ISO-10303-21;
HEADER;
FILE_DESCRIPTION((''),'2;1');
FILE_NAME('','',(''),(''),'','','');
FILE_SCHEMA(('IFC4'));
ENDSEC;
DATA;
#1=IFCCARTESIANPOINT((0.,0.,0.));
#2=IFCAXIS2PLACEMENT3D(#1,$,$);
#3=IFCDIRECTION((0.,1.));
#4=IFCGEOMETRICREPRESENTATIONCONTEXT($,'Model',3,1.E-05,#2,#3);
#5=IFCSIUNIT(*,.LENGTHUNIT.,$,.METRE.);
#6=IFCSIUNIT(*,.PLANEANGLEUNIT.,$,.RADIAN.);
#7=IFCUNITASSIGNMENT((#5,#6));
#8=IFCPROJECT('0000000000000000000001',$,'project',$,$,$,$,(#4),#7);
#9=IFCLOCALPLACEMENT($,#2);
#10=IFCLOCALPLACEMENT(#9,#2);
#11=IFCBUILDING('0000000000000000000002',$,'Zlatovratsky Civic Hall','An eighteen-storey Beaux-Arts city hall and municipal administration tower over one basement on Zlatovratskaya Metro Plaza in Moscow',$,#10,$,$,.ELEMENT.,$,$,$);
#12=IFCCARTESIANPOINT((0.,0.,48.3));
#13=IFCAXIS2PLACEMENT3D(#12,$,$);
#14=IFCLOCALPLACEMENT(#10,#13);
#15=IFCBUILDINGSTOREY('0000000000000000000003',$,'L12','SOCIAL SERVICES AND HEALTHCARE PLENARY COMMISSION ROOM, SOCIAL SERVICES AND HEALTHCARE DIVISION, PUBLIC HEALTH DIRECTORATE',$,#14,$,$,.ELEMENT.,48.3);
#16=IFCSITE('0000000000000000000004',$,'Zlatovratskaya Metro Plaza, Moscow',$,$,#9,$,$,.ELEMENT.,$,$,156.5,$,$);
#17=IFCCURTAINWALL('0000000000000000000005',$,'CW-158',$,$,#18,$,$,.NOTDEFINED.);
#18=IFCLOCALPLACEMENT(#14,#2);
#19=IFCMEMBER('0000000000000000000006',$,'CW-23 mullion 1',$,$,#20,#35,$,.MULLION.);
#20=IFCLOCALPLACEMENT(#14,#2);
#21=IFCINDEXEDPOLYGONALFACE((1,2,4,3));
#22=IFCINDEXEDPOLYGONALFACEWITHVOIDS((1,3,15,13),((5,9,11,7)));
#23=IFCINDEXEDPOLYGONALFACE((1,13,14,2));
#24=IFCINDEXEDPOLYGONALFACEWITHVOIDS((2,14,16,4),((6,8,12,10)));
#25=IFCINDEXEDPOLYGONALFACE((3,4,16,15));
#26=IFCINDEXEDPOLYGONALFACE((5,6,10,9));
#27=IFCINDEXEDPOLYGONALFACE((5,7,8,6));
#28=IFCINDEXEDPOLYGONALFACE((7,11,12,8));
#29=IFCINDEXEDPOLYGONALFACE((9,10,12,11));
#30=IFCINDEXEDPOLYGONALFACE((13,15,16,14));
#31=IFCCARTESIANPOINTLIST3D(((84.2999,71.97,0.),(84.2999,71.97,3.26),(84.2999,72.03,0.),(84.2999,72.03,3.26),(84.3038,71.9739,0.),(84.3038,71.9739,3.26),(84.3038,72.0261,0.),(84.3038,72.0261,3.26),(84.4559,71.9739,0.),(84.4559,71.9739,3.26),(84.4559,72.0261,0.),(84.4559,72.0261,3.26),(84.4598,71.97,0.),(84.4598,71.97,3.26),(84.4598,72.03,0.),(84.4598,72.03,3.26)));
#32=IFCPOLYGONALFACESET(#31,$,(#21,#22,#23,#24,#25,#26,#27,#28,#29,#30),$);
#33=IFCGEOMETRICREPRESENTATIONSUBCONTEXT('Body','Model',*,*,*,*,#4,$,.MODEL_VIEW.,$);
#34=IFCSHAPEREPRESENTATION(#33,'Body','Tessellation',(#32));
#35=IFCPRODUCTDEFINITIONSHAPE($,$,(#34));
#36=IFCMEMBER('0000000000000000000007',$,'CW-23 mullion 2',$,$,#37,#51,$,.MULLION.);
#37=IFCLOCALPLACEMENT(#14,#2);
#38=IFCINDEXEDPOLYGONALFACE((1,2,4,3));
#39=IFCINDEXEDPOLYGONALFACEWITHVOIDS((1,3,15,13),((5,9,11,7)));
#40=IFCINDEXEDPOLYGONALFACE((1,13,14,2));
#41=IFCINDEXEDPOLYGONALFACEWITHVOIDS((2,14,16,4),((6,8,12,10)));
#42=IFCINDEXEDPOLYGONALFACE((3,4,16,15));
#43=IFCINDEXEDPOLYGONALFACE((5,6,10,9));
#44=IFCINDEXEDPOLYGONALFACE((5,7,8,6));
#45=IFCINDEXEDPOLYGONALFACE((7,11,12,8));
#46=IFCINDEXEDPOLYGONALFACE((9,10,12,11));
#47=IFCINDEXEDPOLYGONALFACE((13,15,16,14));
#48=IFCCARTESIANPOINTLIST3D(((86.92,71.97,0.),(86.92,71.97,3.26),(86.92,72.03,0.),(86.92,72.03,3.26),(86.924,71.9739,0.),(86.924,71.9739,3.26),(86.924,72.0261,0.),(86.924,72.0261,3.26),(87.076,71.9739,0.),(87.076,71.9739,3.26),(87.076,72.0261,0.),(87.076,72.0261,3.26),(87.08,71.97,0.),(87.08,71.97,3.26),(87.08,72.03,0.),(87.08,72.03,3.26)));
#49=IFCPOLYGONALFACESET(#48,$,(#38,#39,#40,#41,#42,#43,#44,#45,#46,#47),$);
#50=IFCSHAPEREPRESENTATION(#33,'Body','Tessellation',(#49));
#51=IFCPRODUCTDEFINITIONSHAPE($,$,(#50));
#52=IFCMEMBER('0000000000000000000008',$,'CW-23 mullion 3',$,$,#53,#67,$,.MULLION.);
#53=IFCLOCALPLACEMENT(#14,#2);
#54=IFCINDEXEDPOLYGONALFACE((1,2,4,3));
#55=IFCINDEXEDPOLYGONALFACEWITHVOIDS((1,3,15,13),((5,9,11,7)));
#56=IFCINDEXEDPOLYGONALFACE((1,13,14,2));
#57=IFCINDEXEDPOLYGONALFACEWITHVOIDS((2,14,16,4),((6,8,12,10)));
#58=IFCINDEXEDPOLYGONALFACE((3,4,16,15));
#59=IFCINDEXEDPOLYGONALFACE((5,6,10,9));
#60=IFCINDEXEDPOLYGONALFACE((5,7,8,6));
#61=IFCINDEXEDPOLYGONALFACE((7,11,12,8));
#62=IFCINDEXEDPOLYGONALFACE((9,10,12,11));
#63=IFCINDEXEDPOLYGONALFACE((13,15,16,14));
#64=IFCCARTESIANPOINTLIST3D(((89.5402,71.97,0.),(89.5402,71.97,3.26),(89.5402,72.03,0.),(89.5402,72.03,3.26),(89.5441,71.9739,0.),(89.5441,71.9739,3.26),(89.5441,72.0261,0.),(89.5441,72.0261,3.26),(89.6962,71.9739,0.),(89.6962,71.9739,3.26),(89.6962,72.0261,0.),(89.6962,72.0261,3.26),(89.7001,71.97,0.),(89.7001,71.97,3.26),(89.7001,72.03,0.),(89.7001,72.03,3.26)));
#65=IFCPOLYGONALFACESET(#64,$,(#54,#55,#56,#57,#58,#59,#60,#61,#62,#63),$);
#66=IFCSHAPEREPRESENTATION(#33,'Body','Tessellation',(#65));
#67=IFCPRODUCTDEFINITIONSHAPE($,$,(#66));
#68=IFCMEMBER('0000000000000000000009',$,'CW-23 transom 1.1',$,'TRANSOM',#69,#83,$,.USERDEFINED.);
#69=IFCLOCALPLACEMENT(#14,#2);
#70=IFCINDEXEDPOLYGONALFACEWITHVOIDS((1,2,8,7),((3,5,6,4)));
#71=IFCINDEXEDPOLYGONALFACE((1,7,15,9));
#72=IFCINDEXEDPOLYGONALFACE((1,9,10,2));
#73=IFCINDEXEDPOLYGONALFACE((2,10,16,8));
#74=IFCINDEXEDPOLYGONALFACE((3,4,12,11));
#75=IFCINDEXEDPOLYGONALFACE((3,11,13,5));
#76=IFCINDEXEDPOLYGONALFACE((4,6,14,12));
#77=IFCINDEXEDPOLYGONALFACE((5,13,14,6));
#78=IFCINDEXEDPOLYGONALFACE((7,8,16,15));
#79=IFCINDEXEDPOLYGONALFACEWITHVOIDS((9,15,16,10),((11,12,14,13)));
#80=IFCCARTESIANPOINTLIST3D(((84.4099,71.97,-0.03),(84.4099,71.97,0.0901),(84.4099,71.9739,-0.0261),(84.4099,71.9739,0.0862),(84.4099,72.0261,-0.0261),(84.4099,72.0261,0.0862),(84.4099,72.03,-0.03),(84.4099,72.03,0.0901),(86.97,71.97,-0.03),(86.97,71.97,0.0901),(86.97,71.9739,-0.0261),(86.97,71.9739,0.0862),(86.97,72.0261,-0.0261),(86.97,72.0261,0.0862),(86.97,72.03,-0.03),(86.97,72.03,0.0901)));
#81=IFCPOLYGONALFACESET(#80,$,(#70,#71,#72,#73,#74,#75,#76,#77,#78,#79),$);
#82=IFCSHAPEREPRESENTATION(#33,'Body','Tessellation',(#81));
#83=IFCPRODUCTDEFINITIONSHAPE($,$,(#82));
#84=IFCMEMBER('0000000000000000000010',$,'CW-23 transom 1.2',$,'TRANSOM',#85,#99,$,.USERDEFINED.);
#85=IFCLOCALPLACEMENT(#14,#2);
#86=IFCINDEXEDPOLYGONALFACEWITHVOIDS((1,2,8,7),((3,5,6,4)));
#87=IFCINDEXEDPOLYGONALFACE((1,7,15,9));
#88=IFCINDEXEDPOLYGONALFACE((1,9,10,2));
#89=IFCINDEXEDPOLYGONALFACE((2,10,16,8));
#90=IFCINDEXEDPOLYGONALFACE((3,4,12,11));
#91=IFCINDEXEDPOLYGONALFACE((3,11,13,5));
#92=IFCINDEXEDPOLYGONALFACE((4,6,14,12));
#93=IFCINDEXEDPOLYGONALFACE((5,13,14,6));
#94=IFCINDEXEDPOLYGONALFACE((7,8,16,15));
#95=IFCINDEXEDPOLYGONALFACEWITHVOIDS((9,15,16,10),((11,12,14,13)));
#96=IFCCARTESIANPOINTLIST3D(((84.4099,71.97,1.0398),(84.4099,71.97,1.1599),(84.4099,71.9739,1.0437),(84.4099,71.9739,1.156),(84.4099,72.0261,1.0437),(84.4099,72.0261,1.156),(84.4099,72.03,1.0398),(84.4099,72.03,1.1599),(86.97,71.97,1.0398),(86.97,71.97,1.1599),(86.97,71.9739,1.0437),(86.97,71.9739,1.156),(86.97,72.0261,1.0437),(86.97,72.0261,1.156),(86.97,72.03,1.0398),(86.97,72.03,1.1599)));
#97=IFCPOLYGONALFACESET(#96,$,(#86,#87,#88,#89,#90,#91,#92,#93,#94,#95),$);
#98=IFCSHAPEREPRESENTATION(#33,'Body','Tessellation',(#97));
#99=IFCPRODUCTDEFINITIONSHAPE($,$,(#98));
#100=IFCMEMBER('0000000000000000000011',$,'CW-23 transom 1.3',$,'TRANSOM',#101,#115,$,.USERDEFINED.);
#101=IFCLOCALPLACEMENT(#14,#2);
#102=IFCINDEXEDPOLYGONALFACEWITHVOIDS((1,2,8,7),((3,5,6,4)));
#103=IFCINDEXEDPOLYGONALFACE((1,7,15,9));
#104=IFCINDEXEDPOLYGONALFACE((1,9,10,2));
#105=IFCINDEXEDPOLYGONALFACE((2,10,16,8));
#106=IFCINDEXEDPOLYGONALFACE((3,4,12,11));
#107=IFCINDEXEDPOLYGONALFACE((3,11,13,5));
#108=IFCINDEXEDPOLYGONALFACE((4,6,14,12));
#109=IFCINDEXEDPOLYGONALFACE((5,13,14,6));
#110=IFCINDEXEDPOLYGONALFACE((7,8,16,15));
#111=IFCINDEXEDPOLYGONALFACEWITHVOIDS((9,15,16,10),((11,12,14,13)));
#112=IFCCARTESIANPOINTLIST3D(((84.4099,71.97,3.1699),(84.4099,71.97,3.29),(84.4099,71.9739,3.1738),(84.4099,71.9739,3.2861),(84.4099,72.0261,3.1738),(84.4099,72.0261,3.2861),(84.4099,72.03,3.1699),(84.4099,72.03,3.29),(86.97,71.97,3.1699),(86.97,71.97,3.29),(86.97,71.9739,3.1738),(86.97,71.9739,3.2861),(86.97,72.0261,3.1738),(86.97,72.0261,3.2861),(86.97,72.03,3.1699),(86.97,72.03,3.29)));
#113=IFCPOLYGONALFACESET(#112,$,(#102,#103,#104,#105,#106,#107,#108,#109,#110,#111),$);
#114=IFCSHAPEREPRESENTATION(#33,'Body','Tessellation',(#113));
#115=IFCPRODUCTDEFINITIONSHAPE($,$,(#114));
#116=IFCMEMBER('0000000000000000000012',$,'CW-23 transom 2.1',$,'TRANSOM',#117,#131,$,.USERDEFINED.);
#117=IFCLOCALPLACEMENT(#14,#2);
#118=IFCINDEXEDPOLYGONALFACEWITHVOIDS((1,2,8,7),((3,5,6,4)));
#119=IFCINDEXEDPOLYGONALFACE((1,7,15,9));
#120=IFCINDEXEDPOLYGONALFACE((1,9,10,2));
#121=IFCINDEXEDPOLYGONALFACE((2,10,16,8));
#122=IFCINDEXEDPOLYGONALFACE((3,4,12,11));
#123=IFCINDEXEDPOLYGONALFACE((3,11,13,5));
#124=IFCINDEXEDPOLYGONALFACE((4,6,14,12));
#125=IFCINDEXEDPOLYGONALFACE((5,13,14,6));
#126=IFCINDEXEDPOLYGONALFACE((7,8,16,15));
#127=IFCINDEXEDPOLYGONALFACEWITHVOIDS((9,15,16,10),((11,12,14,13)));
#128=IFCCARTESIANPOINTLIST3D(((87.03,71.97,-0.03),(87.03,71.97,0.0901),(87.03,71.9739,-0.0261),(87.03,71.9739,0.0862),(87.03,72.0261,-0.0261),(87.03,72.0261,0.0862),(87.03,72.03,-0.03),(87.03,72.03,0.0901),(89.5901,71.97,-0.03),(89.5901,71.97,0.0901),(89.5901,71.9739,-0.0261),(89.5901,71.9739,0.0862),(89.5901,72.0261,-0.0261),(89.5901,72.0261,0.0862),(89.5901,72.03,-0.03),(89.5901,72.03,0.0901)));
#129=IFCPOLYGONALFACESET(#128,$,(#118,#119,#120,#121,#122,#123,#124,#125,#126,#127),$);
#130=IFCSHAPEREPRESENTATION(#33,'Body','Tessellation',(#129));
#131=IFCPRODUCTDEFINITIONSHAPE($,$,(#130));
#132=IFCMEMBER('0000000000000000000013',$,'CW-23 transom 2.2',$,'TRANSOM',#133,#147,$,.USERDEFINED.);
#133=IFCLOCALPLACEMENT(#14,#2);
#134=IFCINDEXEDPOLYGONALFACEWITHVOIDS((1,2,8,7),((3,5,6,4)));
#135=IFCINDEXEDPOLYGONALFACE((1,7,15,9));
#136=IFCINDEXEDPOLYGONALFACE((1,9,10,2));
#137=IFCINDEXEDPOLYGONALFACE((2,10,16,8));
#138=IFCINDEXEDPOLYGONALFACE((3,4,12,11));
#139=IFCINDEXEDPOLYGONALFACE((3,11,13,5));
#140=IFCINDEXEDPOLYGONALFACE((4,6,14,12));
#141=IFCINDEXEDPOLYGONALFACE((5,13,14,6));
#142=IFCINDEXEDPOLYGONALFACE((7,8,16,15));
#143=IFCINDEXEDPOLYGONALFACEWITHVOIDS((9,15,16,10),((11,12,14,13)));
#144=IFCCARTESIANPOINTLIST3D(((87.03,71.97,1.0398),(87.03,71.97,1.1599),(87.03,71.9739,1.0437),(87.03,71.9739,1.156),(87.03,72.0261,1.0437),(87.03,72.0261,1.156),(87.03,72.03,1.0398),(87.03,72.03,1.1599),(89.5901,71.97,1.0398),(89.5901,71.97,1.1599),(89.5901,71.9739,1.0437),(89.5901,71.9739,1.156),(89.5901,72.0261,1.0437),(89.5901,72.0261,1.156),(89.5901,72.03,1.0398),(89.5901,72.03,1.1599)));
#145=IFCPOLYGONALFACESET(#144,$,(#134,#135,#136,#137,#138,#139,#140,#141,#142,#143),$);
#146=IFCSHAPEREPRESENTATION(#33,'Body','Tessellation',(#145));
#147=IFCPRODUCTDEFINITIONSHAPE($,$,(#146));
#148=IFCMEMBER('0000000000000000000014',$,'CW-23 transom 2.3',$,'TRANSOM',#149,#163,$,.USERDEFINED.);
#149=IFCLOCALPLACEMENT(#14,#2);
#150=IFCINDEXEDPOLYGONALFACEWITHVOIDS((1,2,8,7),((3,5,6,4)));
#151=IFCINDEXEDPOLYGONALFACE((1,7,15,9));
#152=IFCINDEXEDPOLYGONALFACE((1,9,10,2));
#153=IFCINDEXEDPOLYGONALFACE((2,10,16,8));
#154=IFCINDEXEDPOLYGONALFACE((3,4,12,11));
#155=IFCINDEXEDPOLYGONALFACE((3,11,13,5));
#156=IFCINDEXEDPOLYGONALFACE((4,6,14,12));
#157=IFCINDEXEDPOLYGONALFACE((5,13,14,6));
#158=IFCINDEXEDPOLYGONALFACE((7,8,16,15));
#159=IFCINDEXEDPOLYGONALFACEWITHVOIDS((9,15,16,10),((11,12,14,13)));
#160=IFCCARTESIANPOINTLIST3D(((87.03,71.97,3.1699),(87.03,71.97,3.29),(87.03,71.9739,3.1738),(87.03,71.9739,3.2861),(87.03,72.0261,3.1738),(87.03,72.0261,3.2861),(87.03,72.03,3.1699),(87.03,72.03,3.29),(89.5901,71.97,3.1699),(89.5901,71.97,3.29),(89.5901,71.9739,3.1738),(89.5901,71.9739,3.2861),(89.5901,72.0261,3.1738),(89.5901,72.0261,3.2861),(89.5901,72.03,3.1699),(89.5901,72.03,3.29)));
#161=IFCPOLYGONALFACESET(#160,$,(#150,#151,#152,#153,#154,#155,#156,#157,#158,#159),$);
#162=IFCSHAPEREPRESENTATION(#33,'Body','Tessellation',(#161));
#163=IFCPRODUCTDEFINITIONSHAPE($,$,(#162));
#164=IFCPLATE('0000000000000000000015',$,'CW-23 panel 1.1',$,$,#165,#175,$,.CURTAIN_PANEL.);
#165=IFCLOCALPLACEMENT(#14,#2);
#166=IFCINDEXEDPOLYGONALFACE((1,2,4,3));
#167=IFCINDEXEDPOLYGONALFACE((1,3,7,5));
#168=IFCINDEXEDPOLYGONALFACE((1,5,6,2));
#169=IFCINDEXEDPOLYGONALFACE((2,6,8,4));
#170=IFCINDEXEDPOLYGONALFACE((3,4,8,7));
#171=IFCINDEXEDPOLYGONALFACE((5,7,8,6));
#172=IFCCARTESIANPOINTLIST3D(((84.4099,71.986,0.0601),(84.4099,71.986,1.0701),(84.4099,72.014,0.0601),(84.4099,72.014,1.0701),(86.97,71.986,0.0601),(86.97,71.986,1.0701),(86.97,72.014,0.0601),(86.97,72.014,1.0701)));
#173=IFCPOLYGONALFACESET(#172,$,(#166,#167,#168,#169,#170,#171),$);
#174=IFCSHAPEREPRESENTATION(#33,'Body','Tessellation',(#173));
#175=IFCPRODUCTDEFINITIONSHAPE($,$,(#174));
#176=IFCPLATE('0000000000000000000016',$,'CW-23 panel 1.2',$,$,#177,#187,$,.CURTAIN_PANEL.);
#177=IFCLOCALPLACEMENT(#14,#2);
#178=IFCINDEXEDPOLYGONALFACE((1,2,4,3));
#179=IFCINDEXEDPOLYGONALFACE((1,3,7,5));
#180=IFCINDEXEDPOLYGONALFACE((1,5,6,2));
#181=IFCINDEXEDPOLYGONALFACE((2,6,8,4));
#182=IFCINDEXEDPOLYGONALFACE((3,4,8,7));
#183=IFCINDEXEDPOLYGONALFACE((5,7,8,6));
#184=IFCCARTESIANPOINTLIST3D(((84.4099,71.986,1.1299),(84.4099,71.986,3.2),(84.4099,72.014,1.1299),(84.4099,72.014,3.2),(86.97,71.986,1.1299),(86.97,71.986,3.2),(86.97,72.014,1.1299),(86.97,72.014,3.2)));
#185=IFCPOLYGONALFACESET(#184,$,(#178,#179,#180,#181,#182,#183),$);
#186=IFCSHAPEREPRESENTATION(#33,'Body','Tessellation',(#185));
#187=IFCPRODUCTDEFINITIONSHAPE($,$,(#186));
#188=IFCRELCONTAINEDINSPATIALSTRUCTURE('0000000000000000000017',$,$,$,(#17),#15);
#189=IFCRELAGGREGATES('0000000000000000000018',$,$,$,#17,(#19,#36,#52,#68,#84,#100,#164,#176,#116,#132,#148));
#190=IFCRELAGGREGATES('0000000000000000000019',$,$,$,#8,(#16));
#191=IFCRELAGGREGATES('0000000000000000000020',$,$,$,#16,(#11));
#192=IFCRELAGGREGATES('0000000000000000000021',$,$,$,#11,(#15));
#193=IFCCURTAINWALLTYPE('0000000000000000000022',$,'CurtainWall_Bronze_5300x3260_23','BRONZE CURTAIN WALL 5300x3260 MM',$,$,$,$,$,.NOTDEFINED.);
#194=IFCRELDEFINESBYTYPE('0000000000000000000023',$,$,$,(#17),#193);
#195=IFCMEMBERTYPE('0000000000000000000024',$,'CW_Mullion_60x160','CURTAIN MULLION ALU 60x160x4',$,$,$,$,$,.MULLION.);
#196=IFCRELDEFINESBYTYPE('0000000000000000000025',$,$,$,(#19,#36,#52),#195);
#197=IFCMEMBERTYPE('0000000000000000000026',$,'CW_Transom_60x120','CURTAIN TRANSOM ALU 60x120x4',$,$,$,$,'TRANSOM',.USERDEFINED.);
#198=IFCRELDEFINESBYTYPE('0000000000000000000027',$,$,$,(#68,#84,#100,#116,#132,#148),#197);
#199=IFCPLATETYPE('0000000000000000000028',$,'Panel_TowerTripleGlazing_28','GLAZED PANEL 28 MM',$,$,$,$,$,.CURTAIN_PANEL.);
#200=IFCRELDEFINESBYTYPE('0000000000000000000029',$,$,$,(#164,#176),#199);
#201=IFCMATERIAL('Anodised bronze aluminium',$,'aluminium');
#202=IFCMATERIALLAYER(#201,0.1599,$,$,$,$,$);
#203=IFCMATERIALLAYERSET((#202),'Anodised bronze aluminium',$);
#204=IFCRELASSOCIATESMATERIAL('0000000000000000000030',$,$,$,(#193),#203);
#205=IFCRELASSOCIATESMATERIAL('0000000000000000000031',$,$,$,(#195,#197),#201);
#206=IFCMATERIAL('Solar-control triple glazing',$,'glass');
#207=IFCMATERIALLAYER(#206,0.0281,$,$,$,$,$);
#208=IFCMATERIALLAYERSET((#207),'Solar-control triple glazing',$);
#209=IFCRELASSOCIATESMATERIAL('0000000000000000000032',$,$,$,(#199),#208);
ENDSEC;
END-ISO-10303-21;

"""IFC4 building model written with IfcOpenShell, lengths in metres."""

from ifc_helpers import new_model, si_unit, direction, frame, origin, origin_2d, place, context, subcontext, project, spatial, rectangle, hollow_rectangle, extrude, material, layer, layer_set, material_profile, profile_set, type_object, element, aggregate, save


model = new_model("IFC4")

# Units and contexts
model_context = context("Model", 3, precision=1e-05, world=origin(), true_north=direction((0.0, 1.0)))
body_context = subcontext(model_context, "Body", "Model", "MODEL_VIEW")
ifc_project = project(units=[si_unit("LENGTHUNIT", "METRE"), si_unit("PLANEANGLEUNIT", "RADIAN")], contexts=[model_context])

# Site, building, storey
site_placement = place(None, origin())
site = spatial("IfcSite", under=ifc_project, at=site_placement, Name="Zlatovratskaya Metro Plaza, Moscow", CompositionType="ELEMENT", RefElevation=156.5)
building_placement = place(site_placement, origin())
building = spatial("IfcBuilding", under=site, at=building_placement, Name="Zlatovratsky Civic Hall", Description="An eighteen-storey Beaux-Arts city hall and municipal administration tower over one basement on Zlatovratskaya Metro Plaza in Moscow", CompositionType="ELEMENT")
storey_placement = place(building_placement, frame((0.0, 0.0, 48.3)))
storey = spatial("IfcBuildingStorey", under=building, at=storey_placement, Name="L12", Description="SOCIAL SERVICES AND HEALTHCARE PLENARY COMMISSION ROOM, SOCIAL SERVICES AND HEALTHCARE DIVISION, PUBLIC HEALTH DIRECTORATE", CompositionType="ELEMENT", Elevation=48.3)

# Shared definitions
ifc_material_1 = material(Name="Anodised bronze aluminium", Category="aluminium")
ifc_layer_1 = layer(ifc_material_1, 0.1599)
ifc_layer_set_1 = layer_set([ifc_layer_1], Name="Anodised bronze aluminium")
curtain_wall_type = type_object("IfcCurtainWallType", Name="CurtainWall_Bronze_5300x3260_23", Description="BRONZE CURTAIN WALL 5300x3260 MM", PredefinedType="NOTDEFINED", material=ifc_layer_set_1)
ifc_material_profile_1 = material_profile(ifc_material_1, hollow_rectangle(XDim=0.0601, YDim=0.1599, WallThickness=0.0039, at=origin_2d()), Name="ALU 60x160x4")
ifc_profile_set_1 = profile_set([ifc_material_profile_1], Name="Anodised bronze aluminium")
member_type_1 = type_object("IfcMemberType", Name="CW_Mullion_60x160", Description="CURTAIN MULLION ALU 60x160x4", PredefinedType="MULLION", material=ifc_profile_set_1)

# Curtain wall, members, plates
curtain_wall_1_placement = place(storey_placement, origin())
curtain_wall_1 = element("IfcCurtainWall", 1, at=curtain_wall_1_placement, inside=storey, type_object=curtain_wall_type, Name="CW-158", PredefinedType="NOTDEFINED")
member_1_placement = place(storey_placement, frame((84.3799, 72.0, 0.0), z_axis=(0.0, 0.0, 1.0), x_axis=(0.0, 1.0, 0.0)))
member_1 = element("IfcMember", 2, at=member_1_placement, type_object=member_type_1, Name="CW-23 mullion 1", PredefinedType="MULLION", context=body_context, shape_type="SweptSolid", body=[
    extrude(hollow_rectangle(XDim=0.0601, YDim=0.1599, WallThickness=0.0039, at=origin_2d()), origin(), (0.0, 0.0, 1.0), 3.26),
])
member_2_placement = place(storey_placement, frame((87.0, 72.0, 0.0), z_axis=(0.0, 0.0, 1.0), x_axis=(0.0, 1.0, 0.0)))
member_2 = element("IfcMember", 3, at=member_2_placement, type_object=member_type_1, Name="CW-23 mullion 2", PredefinedType="MULLION", context=body_context, shape_type="SweptSolid", body=[
    extrude(hollow_rectangle(XDim=0.0601, YDim=0.1599, WallThickness=0.0039, at=origin_2d()), origin(), (0.0, 0.0, 1.0), 3.26),
])
member_3_placement = place(storey_placement, frame((89.6201, 72.0, 0.0), z_axis=(0.0, 0.0, 1.0), x_axis=(0.0, 1.0, 0.0)))
member_3 = element("IfcMember", 4, at=member_3_placement, type_object=member_type_1, Name="CW-23 mullion 3", PredefinedType="MULLION", context=body_context, shape_type="SweptSolid", body=[
    extrude(hollow_rectangle(XDim=0.0601, YDim=0.1599, WallThickness=0.0039, at=origin_2d()), origin(), (0.0, 0.0, 1.0), 3.26),
])
ifc_material_profile_2 = material_profile(ifc_material_1, hollow_rectangle(XDim=0.0601, YDim=0.1201, WallThickness=0.0039, at=origin_2d()), Name="ALU 60x120x4")
ifc_profile_set_2 = profile_set([ifc_material_profile_2], Name="Anodised bronze aluminium")
member_type_2 = type_object("IfcMemberType", Name="CW_Transom_60x120", Description="CURTAIN TRANSOM ALU 60x120x4", ElementType="TRANSOM", PredefinedType="USERDEFINED", material=ifc_profile_set_2)
member_4_placement = place(storey_placement, frame((84.4099, 72.0, 0.03), z_axis=(1.0, 0.0, 0.0), x_axis=(0.0, 1.0, 0.0)))
member_4 = element("IfcMember", 5, at=member_4_placement, type_object=member_type_2, Name="CW-23 transom 1.1", ObjectType="TRANSOM", PredefinedType="USERDEFINED", context=body_context, shape_type="SweptSolid", body=[
    extrude(hollow_rectangle(XDim=0.0601, YDim=0.1201, WallThickness=0.0039, at=origin_2d()), origin(), (0.0, 0.0, 1.0), 2.5601),
])
member_5_placement = place(storey_placement, frame((84.4099, 72.0, 1.0999), z_axis=(1.0, 0.0, 0.0), x_axis=(0.0, 1.0, 0.0)))
member_5 = element("IfcMember", 6, at=member_5_placement, type_object=member_type_2, Name="CW-23 transom 1.2", ObjectType="TRANSOM", PredefinedType="USERDEFINED", context=body_context, shape_type="SweptSolid", body=[
    extrude(hollow_rectangle(XDim=0.0601, YDim=0.1201, WallThickness=0.0039, at=origin_2d()), origin(), (0.0, 0.0, 1.0), 2.5601),
])
member_6_placement = place(storey_placement, frame((84.4099, 72.0, 3.23), z_axis=(1.0, 0.0, 0.0), x_axis=(0.0, 1.0, 0.0)))
member_6 = element("IfcMember", 7, at=member_6_placement, type_object=member_type_2, Name="CW-23 transom 1.3", ObjectType="TRANSOM", PredefinedType="USERDEFINED", context=body_context, shape_type="SweptSolid", body=[
    extrude(hollow_rectangle(XDim=0.0601, YDim=0.1201, WallThickness=0.0039, at=origin_2d()), origin(), (0.0, 0.0, 1.0), 2.5601),
])
member_7_placement = place(storey_placement, frame((87.03, 72.0, 0.03), z_axis=(1.0, 0.0, 0.0), x_axis=(0.0, 1.0, 0.0)))
member_7 = element("IfcMember", 8, at=member_7_placement, type_object=member_type_2, Name="CW-23 transom 2.1", ObjectType="TRANSOM", PredefinedType="USERDEFINED", context=body_context, shape_type="SweptSolid", body=[
    extrude(hollow_rectangle(XDim=0.0601, YDim=0.1201, WallThickness=0.0039, at=origin_2d()), origin(), (0.0, 0.0, 1.0), 2.5601),
])
member_8_placement = place(storey_placement, frame((87.03, 72.0, 1.0999), z_axis=(1.0, 0.0, 0.0), x_axis=(0.0, 1.0, 0.0)))
member_8 = element("IfcMember", 9, at=member_8_placement, type_object=member_type_2, Name="CW-23 transom 2.2", ObjectType="TRANSOM", PredefinedType="USERDEFINED", context=body_context, shape_type="SweptSolid", body=[
    extrude(hollow_rectangle(XDim=0.0601, YDim=0.1201, WallThickness=0.0039, at=origin_2d()), origin(), (0.0, 0.0, 1.0), 2.5601),
])
member_9_placement = place(storey_placement, frame((87.03, 72.0, 3.23), z_axis=(1.0, 0.0, 0.0), x_axis=(0.0, 1.0, 0.0)))
member_9 = element("IfcMember", 10, at=member_9_placement, type_object=member_type_2, Name="CW-23 transom 2.3", ObjectType="TRANSOM", PredefinedType="USERDEFINED", context=body_context, shape_type="SweptSolid", body=[
    extrude(hollow_rectangle(XDim=0.0601, YDim=0.1201, WallThickness=0.0039, at=origin_2d()), origin(), (0.0, 0.0, 1.0), 2.5601),
])
ifc_material_2 = material(Name="Solar-control triple glazing", Category="glass")
ifc_layer_2 = layer(ifc_material_2, 0.0281)
ifc_layer_set_2 = layer_set([ifc_layer_2], Name="Solar-control triple glazing")
plate_type = type_object("IfcPlateType", Name="Panel_TowerTripleGlazing_28", Description="GLAZED PANEL 28 MM", PredefinedType="CURTAIN_PANEL", material=ifc_layer_set_2)
plate_1_placement = place(storey_placement, frame((85.6899, 72.0, 0.0601), z_axis=(0.0, 0.0, 1.0), x_axis=(1.0, 0.0, 0.0)))
plate_1 = element("IfcPlate", 11, at=plate_1_placement, type_object=plate_type, Name="CW-23 panel 1.1", PredefinedType="CURTAIN_PANEL", context=body_context, shape_type="SweptSolid", body=[
    extrude(rectangle(XDim=2.5601, YDim=0.0281, at=origin_2d()), origin(), (0.0, 0.0, 1.0), 1.01),
])
plate_2_placement = place(storey_placement, frame((85.6899, 72.0, 1.1299), z_axis=(0.0, 0.0, 1.0), x_axis=(1.0, 0.0, 0.0)))
plate_2 = element("IfcPlate", 12, at=plate_2_placement, type_object=plate_type, Name="CW-23 panel 1.2", PredefinedType="CURTAIN_PANEL", context=body_context, shape_type="SweptSolid", body=[
    extrude(rectangle(XDim=2.5601, YDim=0.0281, at=origin_2d()), origin(), (0.0, 0.0, 1.0), 2.0701),
])
aggregate(curtain_wall_1, [member_1, member_2, member_3, member_4, member_5, member_6, plate_1, plate_2, member_7, member_8, member_9])

save(model, "model.ifc")
